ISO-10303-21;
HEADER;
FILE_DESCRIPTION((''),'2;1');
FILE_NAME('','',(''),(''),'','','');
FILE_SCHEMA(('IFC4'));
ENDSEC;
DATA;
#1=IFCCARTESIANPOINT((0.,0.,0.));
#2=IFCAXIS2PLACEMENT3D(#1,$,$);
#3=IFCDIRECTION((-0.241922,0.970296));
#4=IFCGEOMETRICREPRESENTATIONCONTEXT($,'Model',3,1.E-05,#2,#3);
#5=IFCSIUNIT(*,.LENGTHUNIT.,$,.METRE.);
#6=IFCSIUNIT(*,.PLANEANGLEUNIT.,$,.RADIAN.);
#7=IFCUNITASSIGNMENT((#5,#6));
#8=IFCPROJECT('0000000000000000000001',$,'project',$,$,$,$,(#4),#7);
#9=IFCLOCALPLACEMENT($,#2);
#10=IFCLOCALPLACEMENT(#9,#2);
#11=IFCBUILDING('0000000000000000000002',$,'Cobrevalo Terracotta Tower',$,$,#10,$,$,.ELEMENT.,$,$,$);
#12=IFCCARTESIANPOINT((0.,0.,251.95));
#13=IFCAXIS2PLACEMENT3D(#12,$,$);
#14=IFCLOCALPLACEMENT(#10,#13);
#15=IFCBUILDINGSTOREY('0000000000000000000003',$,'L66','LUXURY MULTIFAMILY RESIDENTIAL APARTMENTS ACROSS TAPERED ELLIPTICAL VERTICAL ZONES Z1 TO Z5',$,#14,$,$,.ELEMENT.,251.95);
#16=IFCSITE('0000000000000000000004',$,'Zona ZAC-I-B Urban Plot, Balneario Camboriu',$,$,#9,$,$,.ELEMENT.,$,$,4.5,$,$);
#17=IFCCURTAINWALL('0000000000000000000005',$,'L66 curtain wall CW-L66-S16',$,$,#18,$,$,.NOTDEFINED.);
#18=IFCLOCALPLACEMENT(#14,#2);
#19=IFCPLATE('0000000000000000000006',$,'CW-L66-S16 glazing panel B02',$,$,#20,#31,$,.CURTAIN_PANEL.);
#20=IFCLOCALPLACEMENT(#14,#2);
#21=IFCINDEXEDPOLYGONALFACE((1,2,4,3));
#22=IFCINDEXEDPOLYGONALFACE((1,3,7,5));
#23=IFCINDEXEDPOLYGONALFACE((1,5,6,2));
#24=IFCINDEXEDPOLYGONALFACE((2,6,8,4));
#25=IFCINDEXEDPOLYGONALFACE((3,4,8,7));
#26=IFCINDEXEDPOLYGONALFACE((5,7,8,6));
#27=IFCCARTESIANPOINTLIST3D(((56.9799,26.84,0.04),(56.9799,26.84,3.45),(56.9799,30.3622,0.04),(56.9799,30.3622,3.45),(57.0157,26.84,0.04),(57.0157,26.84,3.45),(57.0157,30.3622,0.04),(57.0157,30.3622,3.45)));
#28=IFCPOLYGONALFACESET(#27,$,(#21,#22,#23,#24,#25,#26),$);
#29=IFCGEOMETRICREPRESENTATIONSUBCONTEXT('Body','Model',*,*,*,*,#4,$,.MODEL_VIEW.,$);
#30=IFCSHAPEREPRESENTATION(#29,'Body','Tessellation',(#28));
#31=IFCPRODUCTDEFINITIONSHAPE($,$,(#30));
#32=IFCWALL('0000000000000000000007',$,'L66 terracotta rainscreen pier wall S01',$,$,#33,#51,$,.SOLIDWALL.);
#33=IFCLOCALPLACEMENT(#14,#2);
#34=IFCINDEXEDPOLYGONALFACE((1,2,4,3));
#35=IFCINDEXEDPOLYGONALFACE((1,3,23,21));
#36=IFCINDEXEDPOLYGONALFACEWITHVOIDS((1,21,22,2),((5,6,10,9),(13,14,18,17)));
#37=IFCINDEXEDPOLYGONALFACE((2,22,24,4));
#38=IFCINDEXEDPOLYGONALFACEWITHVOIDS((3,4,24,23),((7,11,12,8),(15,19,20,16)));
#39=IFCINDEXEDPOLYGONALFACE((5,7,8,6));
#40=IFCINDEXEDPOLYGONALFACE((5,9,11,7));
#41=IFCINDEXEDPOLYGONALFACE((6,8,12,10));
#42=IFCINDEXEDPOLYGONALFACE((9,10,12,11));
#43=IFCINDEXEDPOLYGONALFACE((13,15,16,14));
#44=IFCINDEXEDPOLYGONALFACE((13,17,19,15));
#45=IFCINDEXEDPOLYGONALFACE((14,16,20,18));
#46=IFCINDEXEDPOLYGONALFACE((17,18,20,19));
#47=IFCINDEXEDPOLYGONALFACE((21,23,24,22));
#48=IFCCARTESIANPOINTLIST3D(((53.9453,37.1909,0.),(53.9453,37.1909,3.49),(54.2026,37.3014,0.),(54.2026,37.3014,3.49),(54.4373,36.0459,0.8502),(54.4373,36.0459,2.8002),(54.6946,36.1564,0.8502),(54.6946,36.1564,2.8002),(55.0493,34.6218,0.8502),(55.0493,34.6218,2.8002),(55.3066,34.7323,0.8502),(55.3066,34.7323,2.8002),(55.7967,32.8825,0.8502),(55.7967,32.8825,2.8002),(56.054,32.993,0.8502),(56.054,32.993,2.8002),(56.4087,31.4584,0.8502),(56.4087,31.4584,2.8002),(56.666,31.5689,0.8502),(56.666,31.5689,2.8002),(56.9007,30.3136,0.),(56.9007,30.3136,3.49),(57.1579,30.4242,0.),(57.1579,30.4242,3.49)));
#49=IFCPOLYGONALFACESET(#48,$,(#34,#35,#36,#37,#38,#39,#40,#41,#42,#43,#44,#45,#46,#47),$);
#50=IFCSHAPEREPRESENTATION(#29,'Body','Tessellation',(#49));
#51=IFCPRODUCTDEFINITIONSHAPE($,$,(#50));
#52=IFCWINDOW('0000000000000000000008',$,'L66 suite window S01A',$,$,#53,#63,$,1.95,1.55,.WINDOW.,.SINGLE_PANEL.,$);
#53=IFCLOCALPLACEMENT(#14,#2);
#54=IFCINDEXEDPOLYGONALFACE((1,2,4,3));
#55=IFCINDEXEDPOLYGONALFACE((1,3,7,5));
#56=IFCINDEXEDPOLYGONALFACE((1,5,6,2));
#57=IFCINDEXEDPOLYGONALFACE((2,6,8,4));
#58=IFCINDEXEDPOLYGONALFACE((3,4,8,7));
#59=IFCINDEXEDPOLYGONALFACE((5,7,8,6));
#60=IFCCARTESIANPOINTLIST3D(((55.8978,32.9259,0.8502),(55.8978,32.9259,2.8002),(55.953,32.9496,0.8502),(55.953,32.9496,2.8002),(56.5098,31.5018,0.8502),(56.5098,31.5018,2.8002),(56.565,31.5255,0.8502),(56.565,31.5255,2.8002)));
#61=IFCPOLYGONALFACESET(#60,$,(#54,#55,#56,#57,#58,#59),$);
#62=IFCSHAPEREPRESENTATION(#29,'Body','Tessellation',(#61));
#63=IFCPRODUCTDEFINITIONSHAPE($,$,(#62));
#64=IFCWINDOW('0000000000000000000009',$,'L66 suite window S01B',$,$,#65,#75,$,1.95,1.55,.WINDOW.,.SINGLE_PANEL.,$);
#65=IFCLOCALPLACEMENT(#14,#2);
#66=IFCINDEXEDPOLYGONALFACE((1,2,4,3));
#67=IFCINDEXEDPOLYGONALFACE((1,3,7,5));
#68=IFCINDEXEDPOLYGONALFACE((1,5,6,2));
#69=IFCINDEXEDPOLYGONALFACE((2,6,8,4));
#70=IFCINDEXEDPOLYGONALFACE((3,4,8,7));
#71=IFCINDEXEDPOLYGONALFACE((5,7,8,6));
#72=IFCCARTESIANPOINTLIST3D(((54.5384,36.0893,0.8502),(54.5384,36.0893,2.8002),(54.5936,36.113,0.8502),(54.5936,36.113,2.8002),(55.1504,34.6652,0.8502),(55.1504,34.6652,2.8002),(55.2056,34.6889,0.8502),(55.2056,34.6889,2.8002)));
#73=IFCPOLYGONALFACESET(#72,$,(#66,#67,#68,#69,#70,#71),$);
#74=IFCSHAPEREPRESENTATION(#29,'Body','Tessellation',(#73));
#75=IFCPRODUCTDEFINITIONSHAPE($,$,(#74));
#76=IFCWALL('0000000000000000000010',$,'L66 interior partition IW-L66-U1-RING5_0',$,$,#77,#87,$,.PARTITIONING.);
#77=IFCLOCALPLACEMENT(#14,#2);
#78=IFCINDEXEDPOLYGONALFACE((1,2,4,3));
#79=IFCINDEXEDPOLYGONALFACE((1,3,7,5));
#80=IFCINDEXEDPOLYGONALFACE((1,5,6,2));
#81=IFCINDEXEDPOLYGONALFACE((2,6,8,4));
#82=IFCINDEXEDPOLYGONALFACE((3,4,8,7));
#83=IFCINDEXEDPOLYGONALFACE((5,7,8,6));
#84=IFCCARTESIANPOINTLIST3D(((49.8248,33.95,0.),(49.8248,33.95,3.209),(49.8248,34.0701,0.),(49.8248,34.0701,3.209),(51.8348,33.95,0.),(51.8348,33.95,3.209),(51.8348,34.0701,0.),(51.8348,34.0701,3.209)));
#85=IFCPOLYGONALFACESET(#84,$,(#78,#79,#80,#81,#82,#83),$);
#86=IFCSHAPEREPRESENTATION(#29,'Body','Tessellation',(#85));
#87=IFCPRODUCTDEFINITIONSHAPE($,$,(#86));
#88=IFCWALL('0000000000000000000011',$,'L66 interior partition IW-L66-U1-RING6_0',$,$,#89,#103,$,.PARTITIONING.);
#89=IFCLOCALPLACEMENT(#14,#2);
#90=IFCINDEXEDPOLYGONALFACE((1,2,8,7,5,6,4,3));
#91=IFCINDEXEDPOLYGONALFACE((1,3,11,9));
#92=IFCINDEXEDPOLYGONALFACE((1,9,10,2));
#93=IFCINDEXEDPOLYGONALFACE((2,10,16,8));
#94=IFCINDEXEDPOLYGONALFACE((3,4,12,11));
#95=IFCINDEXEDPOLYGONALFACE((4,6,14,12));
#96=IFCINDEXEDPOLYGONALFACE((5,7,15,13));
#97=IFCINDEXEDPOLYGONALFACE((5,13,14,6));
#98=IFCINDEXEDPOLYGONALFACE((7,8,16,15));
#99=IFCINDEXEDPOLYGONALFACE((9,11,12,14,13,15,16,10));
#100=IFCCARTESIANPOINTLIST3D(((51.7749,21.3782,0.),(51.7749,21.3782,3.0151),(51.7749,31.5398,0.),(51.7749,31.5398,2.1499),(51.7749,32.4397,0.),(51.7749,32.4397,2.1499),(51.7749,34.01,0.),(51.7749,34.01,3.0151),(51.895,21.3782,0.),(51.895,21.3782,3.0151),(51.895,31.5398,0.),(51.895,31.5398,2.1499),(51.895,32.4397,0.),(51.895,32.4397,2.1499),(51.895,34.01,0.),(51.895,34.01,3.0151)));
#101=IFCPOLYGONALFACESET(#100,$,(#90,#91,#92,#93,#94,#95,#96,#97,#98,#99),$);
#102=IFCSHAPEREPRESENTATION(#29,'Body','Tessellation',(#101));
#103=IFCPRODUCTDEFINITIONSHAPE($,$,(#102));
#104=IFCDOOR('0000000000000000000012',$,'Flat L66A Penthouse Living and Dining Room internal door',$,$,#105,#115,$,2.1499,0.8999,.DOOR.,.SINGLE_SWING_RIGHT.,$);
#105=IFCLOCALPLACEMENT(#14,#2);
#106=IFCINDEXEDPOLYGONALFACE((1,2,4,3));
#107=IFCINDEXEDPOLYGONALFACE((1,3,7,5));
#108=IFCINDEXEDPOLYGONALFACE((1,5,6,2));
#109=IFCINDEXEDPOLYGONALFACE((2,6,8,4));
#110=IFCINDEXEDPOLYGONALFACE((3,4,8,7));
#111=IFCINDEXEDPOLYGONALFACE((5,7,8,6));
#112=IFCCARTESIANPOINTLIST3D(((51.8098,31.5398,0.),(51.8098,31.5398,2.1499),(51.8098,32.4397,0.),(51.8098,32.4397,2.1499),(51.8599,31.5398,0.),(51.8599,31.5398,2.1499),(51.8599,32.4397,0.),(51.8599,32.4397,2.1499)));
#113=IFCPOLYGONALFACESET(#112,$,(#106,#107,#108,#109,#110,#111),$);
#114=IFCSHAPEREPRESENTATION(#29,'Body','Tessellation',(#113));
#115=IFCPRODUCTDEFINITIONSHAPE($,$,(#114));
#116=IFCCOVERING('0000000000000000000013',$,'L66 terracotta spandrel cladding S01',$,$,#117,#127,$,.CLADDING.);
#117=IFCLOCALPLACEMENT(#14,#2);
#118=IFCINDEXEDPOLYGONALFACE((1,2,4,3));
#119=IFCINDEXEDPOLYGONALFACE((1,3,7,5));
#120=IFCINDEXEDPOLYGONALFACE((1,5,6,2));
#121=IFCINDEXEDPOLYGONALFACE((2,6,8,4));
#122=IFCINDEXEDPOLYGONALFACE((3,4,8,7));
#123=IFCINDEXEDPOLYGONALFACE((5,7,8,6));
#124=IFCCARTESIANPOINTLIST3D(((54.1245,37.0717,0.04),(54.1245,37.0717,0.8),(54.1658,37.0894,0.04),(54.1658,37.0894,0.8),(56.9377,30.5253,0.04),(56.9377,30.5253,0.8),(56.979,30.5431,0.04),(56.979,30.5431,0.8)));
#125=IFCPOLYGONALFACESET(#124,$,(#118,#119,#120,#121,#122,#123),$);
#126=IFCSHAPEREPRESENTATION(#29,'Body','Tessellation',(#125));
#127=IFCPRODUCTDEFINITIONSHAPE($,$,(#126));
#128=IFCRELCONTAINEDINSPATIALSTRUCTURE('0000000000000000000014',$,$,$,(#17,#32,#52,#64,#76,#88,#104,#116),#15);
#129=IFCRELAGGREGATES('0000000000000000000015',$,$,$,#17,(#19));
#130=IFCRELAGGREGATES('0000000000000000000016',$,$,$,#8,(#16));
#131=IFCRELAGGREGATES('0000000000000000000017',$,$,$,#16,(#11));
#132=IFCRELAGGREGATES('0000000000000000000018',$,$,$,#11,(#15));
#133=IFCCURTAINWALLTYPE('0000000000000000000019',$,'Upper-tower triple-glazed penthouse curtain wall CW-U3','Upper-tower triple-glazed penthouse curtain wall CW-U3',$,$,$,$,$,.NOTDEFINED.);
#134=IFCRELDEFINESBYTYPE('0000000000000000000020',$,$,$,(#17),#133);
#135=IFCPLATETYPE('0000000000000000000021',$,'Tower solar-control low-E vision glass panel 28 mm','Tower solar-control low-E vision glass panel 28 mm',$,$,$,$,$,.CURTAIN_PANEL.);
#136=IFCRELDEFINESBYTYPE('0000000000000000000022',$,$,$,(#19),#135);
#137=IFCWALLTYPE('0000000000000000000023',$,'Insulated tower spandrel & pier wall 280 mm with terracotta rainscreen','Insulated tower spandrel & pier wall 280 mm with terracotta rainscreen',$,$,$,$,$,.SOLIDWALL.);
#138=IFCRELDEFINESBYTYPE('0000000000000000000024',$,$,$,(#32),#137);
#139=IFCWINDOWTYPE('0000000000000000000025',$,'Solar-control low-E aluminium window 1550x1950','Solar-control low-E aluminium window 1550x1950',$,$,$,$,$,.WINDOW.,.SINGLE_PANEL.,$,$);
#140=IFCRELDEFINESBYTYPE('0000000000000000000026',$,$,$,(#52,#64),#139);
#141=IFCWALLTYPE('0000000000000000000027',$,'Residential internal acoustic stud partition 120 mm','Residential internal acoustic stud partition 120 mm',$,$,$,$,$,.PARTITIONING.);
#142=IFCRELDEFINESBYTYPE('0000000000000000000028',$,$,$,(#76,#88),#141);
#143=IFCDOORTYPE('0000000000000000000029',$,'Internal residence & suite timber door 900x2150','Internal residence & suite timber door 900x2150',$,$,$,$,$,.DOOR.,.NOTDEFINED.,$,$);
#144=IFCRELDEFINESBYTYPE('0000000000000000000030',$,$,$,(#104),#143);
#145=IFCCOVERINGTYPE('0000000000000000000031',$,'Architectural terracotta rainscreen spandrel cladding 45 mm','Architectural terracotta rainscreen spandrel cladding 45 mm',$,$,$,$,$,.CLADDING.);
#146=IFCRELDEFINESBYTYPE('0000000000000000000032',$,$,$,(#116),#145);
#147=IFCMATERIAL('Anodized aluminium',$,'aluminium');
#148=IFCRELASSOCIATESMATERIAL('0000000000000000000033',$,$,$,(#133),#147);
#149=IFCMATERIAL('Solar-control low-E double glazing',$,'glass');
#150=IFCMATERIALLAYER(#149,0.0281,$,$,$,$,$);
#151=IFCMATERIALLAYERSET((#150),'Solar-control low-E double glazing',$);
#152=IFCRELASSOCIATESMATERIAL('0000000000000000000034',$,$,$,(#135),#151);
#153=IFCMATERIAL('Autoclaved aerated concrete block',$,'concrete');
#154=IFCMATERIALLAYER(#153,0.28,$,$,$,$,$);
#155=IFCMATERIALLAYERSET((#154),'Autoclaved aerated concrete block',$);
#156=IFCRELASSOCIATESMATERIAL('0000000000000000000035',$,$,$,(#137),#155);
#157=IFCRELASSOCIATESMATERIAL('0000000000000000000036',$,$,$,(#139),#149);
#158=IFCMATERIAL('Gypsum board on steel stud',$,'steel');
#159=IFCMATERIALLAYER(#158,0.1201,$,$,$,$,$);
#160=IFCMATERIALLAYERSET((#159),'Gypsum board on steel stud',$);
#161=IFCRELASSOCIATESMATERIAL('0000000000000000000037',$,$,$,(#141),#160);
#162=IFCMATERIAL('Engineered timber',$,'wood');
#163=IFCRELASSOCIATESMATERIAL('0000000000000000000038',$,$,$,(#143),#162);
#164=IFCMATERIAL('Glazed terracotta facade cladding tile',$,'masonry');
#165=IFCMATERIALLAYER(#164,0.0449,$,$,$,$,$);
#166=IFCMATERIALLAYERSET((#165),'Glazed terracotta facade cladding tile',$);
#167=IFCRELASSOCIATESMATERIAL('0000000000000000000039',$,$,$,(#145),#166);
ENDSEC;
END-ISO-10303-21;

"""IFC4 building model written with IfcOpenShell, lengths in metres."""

from ifc_helpers import new_model, si_unit, direction, frame, frame_2d, origin, origin_2d, place, context, subcontext, project, spatial, rectangle, extrude, source, transform, mapped, material, layer, layer_set, type_object, element, fill, aggregate, save


model = new_model("IFC4")

# Units and contexts
model_context = context("Model", 3, precision=1e-05, world=origin(), true_north=direction((-0.241922, 0.970296)))
body_context = subcontext(model_context, "Body", "Model", "MODEL_VIEW")
ifc_project = project(units=[si_unit("LENGTHUNIT", "METRE"), si_unit("PLANEANGLEUNIT", "RADIAN")], contexts=[model_context])

# Site, building, storey
site_placement = place(None, origin())
site = spatial("IfcSite", under=ifc_project, at=site_placement, Name="Zona ZAC-I-B Urban Plot, Balneario Camboriu", CompositionType="ELEMENT", RefElevation=4.5)
building_placement = place(site_placement, origin())
building = spatial("IfcBuilding", under=site, at=building_placement, Name="Cobrevalo Terracotta Tower", CompositionType="ELEMENT")
storey_placement = place(building_placement, frame((0.0, 0.0, 251.95)))
storey = spatial("IfcBuildingStorey", under=building, at=storey_placement, Name="L66", Description="LUXURY MULTIFAMILY RESIDENTIAL APARTMENTS ACROSS TAPERED ELLIPTICAL VERTICAL ZONES Z1 TO Z5", CompositionType="ELEMENT", Elevation=251.95)

# Curtain wall, plate
ifc_material_1 = material(Name="Anodized aluminium", Category="aluminium")
curtain_wall_type = type_object("IfcCurtainWallType", Name="Upper-tower triple-glazed penthouse curtain wall CW-U3", Description="Upper-tower triple-glazed penthouse curtain wall CW-U3", PredefinedType="NOTDEFINED", material=ifc_material_1)
curtain_wall_placement = place(storey_placement, origin())
curtain_wall = element("IfcCurtainWall", 1, at=curtain_wall_placement, inside=storey, type_object=curtain_wall_type, Name="L66 curtain wall CW-L66-S16", PredefinedType="NOTDEFINED")
ifc_material_2 = material(Name="Solar-control low-E double glazing", Category="glass")
ifc_layer_1 = layer(ifc_material_2, 0.0281)
ifc_layer_set_1 = layer_set([ifc_layer_1], Name="Solar-control low-E double glazing")
plate_type = type_object("IfcPlateType", Name="Tower solar-control low-E vision glass panel 28 mm", Description="Tower solar-control low-E vision glass panel 28 mm", PredefinedType="CURTAIN_PANEL", material=ifc_layer_set_1)
shared_shape_1 = source(origin(), body_context, "Body", "SweptSolid", [
    extrude(rectangle(XDim=3.5222, YDim=0.0359, at=origin_2d()), origin(), (0.0, 0.0, 1.0), 3.4099),
])
plate_1_placement = place(storey_placement, frame((56.9978, 28.6011, 0.04), z_axis=(0.0, 0.0, 1.0), x_axis=(0.0, 1.0, 0.0)))
plate_1 = element("IfcPlate", 2, at=plate_1_placement, type_object=plate_type, Name="CW-L66-S16 glazing panel B02", PredefinedType="CURTAIN_PANEL", context=body_context, shape_type="MappedRepresentation", body=[
    mapped(shared_shape_1, transform((0.0, 0.0, 0.0), scale=1.0)),
])
aggregate(curtain_wall, [plate_1])

# Wall, openings, windows
ifc_material_3 = material(Name="Autoclaved aerated concrete block", Category="concrete")
ifc_layer_2 = layer(ifc_material_3, 0.28)
ifc_layer_set_2 = layer_set([ifc_layer_2], Name="Autoclaved aerated concrete block")
wall_type_1 = type_object("IfcWallType", Name="Insulated tower spandrel & pier wall 280 mm with terracotta rainscreen", Description="Insulated tower spandrel & pier wall 280 mm with terracotta rainscreen", PredefinedType="SOLIDWALL", material=ifc_layer_set_2)
wall_1_placement = place(storey_placement, frame((57.0293, 30.3689, 0.0), z_axis=(0.0, 0.0, 1.0), x_axis=(-0.394817, 0.91876, 0.0)))
wall_1 = element("IfcWall", 3, at=wall_1_placement, inside=storey, type_object=wall_type_1, Name="L66 terracotta rainscreen pier wall S01", PredefinedType="SOLIDWALL", context=body_context, shape_type="SweptSolid", body=[
    extrude(rectangle(XDim=7.4854, YDim=0.28, at=frame_2d((3.7427, 0.0))), origin(), (0.0, 0.0, 1.0), 3.49),
])
opening_1_placement = place(wall_1_placement, frame((1.2461, 0.0, 0.8501)))
opening_1 = element("IfcOpeningElement", 4, at=opening_1_placement, cuts=wall_1, PredefinedType="OPENING", context=body_context, shape_type="SweptSolid", body=[
    extrude(rectangle(XDim=1.55, YDim=1.95, at=frame_2d((0.7749, 0.9751))), frame((0.0, 0.1499, 0.0), z_axis=(0.0, -1.0, 0.0), x_axis=(1.0, 0.0, 0.0)), (0.0, 0.0, 1.0), 0.3),
])
opening_2_placement = place(wall_1_placement, frame((4.6892, 0.0, 0.8501)))
opening_2 = element("IfcOpeningElement", 5, at=opening_2_placement, cuts=wall_1, PredefinedType="OPENING", context=body_context, shape_type="SweptSolid", body=[
    extrude(rectangle(XDim=1.55, YDim=1.95, at=frame_2d((0.7749, 0.9751))), frame((0.0, 0.1499, 0.0), z_axis=(0.0, -1.0, 0.0), x_axis=(1.0, 0.0, 0.0)), (0.0, 0.0, 1.0), 0.3),
])
window_type = type_object("IfcWindowType", Name="Solar-control low-E aluminium window 1550x1950", Description="Solar-control low-E aluminium window 1550x1950", PartitioningType="SINGLE_PANEL", PredefinedType="WINDOW", material=ifc_material_2)
shared_shape_2 = source(origin(), body_context, "Body", "SweptSolid", [
    extrude(rectangle(XDim=1.55, YDim=1.95, at=frame_2d((0.7749, 0.9751))), frame((0.0, 0.03, 0.0), z_axis=(0.0, -1.0, 0.0), x_axis=(1.0, 0.0, 0.0)), (0.0, 0.0, 1.0), 0.0601),
])
window_1_placement = place(opening_1_placement, origin())
window_1 = element("IfcWindow", 6, at=window_1_placement, inside=storey, type_object=window_type, Name="L66 suite window S01A", OverallHeight=1.95, OverallWidth=1.55, PartitioningType="SINGLE_PANEL", PredefinedType="WINDOW", context=body_context, shape_type="MappedRepresentation", body=[
    mapped(shared_shape_2, transform((0.0, 0.0, 0.0), scale=1.0)),
])
fill(opening_1, window_1)
window_2_placement = place(opening_2_placement, origin())
window_2 = element("IfcWindow", 7, at=window_2_placement, inside=storey, type_object=window_type, Name="L66 suite window S01B", OverallHeight=1.95, OverallWidth=1.55, PartitioningType="SINGLE_PANEL", PredefinedType="WINDOW", context=body_context, shape_type="MappedRepresentation", body=[
    mapped(shared_shape_2, transform((0.0, 0.0, 0.0), scale=1.0)),
])
fill(opening_2, window_2)

# Wall
ifc_material_4 = material(Name="Gypsum board on steel stud", Category="steel")
ifc_layer_3 = layer(ifc_material_4, 0.1201)
ifc_layer_set_3 = layer_set([ifc_layer_3], Name="Gypsum board on steel stud")
wall_type_2 = type_object("IfcWallType", Name="Residential internal acoustic stud partition 120 mm", Description="Residential internal acoustic stud partition 120 mm", PredefinedType="PARTITIONING", material=ifc_layer_set_3)
wall_2_placement = place(storey_placement, frame((49.825, 34.01, 0.0), z_axis=(0.0, 0.0, 1.0), x_axis=(1.0, 0.0, 0.0)))
element("IfcWall", 8, at=wall_2_placement, inside=storey, type_object=wall_type_2, Name="L66 interior partition IW-L66-U1-RING5_0", PredefinedType="PARTITIONING", context=body_context, shape_type="SweptSolid", body=[
    extrude(rectangle(XDim=2.01, YDim=0.1201, at=frame_2d((1.0049, 0.0))), origin(), (0.0, 0.0, 1.0), 3.209),
])

# Wall, opening, door
wall_3_placement = place(storey_placement, frame((51.835, 34.01, 0.0), z_axis=(0.0, 0.0, 1.0), x_axis=(0.0, -1.0, 0.0)))
wall_3 = element("IfcWall", 9, at=wall_3_placement, inside=storey, type_object=wall_type_2, Name="L66 interior partition IW-L66-U1-RING6_0", PredefinedType="PARTITIONING", context=body_context, shape_type="SweptSolid", body=[
    extrude(rectangle(XDim=12.6318, YDim=0.1201, at=frame_2d((6.3159, 0.0))), origin(), (0.0, 0.0, 1.0), 3.0151),
])
opening_3_placement = place(wall_3_placement, frame((1.5703, 0.0, 0.0)))
opening_3 = element("IfcOpeningElement", 10, at=opening_3_placement, cuts=wall_3, PredefinedType="OPENING", context=body_context, shape_type="SweptSolid", body=[
    extrude(rectangle(XDim=0.8999, YDim=2.1499, at=frame_2d((0.45, 1.075))), frame((0.0, 0.0701, 0.0), z_axis=(0.0, -1.0, 0.0), x_axis=(1.0, 0.0, 0.0)), (0.0, 0.0, 1.0), 0.1401),
])
ifc_material_5 = material(Name="Engineered timber", Category="wood")
door_type_1 = type_object("IfcDoorType", Name="Internal residence & suite timber door 900x2150", Description="Internal residence & suite timber door 900x2150", OperationType="NOTDEFINED", PredefinedType="DOOR", material=ifc_material_5)
shared_shape_3 = source(origin(), body_context, "Body", "SweptSolid", [
    extrude(rectangle(XDim=0.8999, YDim=2.1499, at=frame_2d((0.45, 1.075))), frame((0.0, 0.0249, 0.0), z_axis=(0.0, -1.0, 0.0), x_axis=(1.0, 0.0, 0.0)), (0.0, 0.0, 1.0), 0.05),
])
door_1_placement = place(opening_3_placement, origin())
door_1 = element("IfcDoor", 11, at=door_1_placement, inside=storey, type_object=door_type_1, Name="Flat L66A Penthouse Living and Dining Room internal door", OperationType="SINGLE_SWING_RIGHT", OverallHeight=2.1499, OverallWidth=0.8999, PredefinedType="DOOR", context=body_context, shape_type="MappedRepresentation", body=[
    mapped(shared_shape_3, transform((0.0, 0.0, 0.0), scale=1.0)),
])
fill(opening_3, door_1)

# Covering
ifc_material_6 = material(Name="Glazed terracotta facade cladding tile", Category="masonry")
ifc_layer_4 = layer(ifc_material_6, 0.0449)
ifc_layer_set_4 = layer_set([ifc_layer_4], Name="Glazed terracotta facade cladding tile")
covering_type = type_object("IfcCoveringType", Name="Architectural terracotta rainscreen spandrel cladding 45 mm", Description="Architectural terracotta rainscreen spandrel cladding 45 mm", PredefinedType="CLADDING", material=ifc_layer_set_4)
shared_shape_4 = source(origin(), body_context, "Body", "SweptSolid", [
    extrude(rectangle(XDim=7.1252, YDim=0.0449, at=origin_2d()), origin(), (0.0, 0.0, 1.0), 0.76),
])
covering_placement = place(storey_placement, frame((55.5518, 33.8074, 0.04), z_axis=(0.0, 0.0, 1.0), x_axis=(-0.394829, 0.918755, 0.0)))
element("IfcCovering", 12, at=covering_placement, inside=storey, type_object=covering_type, Name="L66 terracotta spandrel cladding S01", PredefinedType="CLADDING", context=body_context, shape_type="MappedRepresentation", body=[
    mapped(shared_shape_4, transform((0.0, 0.0, 0.0), scale=1.0)),
])

save(model, "model.ifc")
